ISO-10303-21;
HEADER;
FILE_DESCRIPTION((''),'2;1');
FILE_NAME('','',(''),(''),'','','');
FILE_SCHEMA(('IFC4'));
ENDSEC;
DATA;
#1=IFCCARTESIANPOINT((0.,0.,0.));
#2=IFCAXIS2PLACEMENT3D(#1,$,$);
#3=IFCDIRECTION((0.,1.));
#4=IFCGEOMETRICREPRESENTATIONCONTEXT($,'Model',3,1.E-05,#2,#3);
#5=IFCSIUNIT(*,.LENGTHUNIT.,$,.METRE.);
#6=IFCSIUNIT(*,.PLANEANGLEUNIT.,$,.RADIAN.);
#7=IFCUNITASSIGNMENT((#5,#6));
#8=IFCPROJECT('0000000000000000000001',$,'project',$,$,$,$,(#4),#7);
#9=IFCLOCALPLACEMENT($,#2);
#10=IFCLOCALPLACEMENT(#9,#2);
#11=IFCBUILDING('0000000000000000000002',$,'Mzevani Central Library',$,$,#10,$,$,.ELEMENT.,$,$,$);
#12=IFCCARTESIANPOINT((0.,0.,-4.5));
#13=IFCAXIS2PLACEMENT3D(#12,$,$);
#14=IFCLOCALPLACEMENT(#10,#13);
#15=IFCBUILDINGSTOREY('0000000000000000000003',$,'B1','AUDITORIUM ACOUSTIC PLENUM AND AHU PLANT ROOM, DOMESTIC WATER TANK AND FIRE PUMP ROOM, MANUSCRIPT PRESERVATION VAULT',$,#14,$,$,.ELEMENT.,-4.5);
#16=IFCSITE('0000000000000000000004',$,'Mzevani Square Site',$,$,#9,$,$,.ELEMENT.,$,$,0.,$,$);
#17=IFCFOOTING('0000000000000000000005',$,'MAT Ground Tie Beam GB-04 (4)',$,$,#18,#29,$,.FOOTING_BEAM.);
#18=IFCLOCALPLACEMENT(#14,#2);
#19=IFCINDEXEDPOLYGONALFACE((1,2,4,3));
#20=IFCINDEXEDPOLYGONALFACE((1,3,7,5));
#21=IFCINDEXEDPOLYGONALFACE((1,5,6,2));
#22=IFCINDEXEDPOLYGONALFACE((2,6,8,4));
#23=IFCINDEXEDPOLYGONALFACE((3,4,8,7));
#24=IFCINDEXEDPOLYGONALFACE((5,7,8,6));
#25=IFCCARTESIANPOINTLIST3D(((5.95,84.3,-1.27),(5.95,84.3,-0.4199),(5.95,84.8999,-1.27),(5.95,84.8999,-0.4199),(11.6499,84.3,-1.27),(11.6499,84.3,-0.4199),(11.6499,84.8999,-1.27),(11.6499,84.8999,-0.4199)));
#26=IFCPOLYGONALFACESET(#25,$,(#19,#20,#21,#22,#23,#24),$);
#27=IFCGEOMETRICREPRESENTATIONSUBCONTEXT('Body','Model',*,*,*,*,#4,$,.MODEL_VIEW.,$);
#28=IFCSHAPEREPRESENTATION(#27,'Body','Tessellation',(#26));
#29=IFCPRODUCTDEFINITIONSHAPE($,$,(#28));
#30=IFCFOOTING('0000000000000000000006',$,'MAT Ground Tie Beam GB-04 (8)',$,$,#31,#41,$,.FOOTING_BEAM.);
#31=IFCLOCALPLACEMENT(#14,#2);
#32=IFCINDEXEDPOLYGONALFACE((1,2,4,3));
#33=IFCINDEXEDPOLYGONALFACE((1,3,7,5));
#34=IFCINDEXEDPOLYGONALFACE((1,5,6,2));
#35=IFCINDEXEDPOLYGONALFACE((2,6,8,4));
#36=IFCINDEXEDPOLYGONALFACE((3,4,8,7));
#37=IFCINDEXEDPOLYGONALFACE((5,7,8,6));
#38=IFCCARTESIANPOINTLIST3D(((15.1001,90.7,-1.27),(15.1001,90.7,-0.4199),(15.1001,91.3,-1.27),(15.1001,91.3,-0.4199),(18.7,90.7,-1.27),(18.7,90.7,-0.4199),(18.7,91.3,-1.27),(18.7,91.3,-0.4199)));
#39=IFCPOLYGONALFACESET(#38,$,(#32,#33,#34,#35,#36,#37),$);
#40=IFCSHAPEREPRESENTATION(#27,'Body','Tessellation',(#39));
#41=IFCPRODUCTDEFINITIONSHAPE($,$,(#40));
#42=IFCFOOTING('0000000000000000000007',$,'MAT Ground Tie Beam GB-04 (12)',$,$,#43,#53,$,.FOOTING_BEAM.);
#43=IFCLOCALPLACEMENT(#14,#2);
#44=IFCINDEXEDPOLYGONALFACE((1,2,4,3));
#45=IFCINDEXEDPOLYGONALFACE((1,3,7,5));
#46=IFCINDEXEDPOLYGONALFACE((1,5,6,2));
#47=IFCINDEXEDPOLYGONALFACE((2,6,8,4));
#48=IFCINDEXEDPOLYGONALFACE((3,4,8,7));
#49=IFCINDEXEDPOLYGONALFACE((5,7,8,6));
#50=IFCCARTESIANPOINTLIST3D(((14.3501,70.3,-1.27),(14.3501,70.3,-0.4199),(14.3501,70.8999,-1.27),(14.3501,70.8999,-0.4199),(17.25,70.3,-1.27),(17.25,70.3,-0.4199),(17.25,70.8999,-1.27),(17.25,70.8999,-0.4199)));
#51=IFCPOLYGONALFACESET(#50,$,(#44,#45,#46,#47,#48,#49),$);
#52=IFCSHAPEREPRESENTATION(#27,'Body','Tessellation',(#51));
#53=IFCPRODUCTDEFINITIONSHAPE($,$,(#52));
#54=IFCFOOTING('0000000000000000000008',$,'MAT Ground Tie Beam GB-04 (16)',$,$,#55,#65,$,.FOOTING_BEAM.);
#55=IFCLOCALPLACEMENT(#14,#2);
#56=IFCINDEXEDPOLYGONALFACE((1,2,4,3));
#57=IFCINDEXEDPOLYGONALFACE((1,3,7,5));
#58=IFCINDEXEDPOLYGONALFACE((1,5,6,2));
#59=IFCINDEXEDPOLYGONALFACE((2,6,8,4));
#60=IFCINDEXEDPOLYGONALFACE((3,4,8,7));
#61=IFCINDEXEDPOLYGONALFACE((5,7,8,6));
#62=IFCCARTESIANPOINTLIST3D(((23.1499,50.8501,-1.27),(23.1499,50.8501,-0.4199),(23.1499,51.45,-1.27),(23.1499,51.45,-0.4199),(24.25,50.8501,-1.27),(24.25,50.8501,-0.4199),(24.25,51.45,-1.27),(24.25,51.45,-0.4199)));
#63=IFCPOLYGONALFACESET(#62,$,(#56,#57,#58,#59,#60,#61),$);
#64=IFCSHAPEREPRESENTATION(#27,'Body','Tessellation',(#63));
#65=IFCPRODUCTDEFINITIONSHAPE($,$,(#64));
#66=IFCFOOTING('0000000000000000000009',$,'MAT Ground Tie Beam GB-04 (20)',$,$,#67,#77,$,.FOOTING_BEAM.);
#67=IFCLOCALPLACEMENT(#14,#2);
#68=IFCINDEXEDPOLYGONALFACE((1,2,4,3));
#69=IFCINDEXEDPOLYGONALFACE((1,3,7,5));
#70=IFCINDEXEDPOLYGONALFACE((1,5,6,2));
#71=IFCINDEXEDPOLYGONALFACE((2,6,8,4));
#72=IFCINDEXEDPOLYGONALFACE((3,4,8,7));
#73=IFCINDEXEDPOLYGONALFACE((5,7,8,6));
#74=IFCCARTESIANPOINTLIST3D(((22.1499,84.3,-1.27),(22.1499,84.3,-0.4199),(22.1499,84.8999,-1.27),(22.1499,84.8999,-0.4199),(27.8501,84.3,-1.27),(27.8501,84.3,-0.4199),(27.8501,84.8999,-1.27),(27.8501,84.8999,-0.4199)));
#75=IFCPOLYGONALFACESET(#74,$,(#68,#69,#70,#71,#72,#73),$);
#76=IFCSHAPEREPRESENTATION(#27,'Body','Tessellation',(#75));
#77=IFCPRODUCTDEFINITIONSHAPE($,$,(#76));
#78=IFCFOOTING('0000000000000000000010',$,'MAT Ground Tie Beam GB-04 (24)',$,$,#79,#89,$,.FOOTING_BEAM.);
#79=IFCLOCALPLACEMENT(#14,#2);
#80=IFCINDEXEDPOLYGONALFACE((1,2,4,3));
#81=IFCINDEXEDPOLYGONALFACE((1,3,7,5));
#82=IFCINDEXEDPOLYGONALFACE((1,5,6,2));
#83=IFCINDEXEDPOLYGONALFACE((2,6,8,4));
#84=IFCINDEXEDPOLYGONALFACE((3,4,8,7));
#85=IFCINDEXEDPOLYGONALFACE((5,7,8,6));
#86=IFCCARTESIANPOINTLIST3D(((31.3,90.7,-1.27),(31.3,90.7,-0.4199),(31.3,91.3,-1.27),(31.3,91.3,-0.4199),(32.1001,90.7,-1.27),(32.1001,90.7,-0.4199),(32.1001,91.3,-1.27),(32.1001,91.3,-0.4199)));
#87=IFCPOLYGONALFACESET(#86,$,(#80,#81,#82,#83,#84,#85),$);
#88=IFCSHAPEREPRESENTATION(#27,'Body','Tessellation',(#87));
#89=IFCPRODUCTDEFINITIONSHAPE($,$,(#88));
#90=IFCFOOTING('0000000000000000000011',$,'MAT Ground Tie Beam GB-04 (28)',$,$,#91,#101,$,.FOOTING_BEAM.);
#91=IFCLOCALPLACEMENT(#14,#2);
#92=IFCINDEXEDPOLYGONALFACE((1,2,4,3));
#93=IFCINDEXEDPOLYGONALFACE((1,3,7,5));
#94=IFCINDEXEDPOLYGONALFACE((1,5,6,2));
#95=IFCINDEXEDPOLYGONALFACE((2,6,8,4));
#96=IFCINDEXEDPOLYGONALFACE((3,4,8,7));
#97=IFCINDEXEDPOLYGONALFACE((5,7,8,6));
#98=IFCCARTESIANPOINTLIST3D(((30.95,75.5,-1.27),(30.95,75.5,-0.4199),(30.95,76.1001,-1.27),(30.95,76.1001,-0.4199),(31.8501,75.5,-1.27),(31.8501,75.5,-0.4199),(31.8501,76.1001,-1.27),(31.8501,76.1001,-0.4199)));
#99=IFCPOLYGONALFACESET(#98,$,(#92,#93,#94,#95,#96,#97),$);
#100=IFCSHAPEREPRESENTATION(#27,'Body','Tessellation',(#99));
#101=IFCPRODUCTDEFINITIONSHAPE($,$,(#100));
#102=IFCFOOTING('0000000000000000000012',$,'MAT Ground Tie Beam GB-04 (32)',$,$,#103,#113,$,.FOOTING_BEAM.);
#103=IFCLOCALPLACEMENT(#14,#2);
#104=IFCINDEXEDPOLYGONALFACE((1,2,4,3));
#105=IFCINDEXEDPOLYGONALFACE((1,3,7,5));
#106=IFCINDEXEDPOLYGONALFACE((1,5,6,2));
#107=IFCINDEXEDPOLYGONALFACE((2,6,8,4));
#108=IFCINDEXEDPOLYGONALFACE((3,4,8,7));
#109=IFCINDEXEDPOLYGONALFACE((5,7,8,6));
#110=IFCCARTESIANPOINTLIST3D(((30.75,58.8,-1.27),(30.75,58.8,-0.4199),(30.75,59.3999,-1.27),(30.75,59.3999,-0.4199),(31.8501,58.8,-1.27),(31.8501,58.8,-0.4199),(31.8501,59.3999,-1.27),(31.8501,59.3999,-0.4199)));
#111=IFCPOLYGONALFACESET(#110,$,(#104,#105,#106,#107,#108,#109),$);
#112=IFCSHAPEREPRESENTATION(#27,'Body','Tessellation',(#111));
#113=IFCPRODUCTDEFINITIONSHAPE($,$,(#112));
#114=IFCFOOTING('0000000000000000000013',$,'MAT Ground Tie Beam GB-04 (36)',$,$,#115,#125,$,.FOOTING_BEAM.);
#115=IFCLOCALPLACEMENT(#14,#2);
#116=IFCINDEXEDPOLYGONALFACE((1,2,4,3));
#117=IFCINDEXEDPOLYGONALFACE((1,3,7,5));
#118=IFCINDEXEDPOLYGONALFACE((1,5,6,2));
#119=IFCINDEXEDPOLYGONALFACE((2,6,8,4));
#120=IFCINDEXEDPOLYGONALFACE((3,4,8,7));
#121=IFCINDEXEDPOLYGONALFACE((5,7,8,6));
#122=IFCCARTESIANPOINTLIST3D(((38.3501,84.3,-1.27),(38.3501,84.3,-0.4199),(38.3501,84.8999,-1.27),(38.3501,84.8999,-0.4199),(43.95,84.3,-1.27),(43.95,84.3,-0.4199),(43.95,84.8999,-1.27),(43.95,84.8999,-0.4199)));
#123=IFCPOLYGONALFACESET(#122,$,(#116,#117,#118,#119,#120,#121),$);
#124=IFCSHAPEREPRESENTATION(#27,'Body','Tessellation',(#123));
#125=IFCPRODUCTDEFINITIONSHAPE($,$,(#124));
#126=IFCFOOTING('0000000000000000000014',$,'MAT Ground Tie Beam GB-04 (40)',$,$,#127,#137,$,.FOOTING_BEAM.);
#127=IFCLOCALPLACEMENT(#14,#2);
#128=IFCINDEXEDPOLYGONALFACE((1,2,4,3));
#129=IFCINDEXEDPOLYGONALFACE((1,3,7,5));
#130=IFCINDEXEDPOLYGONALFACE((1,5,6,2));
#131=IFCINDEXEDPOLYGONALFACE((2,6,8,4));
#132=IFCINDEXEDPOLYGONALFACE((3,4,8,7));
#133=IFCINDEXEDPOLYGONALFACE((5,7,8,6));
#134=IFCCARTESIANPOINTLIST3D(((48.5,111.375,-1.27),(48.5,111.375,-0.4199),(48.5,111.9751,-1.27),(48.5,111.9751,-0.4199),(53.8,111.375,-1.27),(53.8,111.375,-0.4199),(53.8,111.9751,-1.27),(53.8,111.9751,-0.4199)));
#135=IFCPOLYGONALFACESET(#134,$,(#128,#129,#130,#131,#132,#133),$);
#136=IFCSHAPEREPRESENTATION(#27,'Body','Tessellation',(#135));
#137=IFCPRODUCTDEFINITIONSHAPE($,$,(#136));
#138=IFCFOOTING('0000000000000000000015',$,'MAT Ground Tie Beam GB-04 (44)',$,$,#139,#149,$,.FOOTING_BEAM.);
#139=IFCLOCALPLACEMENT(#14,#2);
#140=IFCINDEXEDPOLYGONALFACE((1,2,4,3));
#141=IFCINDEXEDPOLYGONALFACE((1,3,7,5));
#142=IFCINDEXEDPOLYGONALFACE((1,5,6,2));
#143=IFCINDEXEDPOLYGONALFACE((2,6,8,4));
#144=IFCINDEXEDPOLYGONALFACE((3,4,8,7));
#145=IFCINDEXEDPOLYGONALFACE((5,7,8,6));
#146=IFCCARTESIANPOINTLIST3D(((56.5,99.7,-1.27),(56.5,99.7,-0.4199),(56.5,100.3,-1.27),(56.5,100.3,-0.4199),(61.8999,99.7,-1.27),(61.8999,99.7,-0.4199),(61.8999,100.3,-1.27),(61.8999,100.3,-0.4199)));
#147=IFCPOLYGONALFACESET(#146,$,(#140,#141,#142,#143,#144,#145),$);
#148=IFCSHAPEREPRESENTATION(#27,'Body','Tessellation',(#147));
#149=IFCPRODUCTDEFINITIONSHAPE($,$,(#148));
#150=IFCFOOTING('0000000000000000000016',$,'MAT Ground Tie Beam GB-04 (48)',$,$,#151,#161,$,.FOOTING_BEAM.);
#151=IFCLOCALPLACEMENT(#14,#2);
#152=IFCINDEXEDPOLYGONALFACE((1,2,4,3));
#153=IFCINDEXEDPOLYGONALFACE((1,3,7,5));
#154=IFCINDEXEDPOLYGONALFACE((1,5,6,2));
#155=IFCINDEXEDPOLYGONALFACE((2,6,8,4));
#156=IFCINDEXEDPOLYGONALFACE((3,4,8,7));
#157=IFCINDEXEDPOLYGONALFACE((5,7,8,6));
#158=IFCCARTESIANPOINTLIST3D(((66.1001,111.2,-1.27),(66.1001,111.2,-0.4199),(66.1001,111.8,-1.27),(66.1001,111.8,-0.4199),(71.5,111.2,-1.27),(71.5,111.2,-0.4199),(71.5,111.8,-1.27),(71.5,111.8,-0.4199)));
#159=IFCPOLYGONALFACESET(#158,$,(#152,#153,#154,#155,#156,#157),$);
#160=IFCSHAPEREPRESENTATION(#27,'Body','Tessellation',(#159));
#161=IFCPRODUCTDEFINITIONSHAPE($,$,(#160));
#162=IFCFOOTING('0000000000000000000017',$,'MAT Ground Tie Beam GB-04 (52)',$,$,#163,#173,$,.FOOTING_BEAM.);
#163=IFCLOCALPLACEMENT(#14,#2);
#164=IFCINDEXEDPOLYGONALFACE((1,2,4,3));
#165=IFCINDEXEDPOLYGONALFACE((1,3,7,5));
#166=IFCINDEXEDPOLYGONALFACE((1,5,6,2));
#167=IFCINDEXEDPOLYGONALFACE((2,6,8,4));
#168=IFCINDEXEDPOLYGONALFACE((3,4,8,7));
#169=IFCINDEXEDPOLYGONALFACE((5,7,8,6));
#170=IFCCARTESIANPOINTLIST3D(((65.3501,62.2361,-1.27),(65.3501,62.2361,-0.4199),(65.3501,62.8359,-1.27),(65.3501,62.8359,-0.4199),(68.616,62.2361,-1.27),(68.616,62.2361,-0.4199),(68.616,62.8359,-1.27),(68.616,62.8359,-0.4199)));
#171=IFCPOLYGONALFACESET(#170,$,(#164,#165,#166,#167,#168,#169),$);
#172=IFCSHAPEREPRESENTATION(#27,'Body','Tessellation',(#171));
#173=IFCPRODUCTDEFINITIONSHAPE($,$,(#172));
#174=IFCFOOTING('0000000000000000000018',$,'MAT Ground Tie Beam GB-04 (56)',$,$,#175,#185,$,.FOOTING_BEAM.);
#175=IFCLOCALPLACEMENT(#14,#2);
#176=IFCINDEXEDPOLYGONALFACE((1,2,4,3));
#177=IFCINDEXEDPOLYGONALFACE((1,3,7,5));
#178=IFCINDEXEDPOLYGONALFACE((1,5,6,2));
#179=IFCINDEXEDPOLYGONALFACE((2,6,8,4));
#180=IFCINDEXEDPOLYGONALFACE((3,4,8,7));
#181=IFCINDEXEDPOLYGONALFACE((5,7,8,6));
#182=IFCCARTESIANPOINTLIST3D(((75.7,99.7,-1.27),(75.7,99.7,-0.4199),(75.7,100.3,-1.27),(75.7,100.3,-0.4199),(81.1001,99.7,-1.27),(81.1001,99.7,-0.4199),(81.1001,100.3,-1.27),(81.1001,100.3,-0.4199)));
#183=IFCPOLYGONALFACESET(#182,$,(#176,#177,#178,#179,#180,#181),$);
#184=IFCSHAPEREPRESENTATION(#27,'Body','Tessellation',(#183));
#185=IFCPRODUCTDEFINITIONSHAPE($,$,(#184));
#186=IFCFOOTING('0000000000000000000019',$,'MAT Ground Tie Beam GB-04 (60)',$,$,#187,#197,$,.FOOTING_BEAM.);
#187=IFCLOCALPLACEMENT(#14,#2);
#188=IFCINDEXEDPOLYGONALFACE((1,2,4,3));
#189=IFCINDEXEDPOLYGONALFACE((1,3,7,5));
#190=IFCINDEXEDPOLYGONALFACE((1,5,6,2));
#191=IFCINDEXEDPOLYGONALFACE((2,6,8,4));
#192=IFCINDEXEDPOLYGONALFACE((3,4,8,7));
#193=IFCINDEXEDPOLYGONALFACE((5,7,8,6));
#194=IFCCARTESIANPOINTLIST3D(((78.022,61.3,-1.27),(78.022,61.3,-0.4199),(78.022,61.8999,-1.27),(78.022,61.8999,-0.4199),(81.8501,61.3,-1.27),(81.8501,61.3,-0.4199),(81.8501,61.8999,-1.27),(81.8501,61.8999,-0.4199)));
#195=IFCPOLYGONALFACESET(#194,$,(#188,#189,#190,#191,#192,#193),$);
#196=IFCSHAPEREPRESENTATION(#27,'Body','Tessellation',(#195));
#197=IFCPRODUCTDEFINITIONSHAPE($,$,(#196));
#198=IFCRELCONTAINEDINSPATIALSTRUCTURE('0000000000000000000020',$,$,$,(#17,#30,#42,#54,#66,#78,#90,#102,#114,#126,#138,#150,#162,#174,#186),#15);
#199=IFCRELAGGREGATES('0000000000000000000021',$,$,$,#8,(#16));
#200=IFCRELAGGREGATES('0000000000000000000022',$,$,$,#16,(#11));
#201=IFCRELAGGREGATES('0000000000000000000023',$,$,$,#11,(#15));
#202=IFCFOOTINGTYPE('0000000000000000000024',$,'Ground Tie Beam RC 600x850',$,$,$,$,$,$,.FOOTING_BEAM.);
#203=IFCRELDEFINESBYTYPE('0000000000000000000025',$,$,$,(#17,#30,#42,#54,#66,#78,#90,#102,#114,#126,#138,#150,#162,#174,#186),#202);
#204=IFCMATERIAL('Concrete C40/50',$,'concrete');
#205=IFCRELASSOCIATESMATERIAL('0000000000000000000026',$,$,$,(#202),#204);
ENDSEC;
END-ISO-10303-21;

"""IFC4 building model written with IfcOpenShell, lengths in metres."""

from ifc_helpers import new_model, si_unit, direction, frame, origin, place, context, subcontext, project, spatial, polyline, outline, extrude, material, type_object, element, save


model = new_model("IFC4")

# Units and contexts
model_context = context("Model", 3, precision=1e-05, world=origin(), true_north=direction((0.0, 1.0)))
body_context = subcontext(model_context, "Body", "Model", "MODEL_VIEW")
ifc_project = project(units=[si_unit("LENGTHUNIT", "METRE"), si_unit("PLANEANGLEUNIT", "RADIAN")], contexts=[model_context])

# Site, building, storey
site_placement = place(None, origin())
site = spatial("IfcSite", under=ifc_project, at=site_placement, Name="Mzevani Square Site", CompositionType="ELEMENT", RefElevation=0.0)
building_placement = place(site_placement, origin())
building = spatial("IfcBuilding", under=site, at=building_placement, Name="Mzevani Central Library", CompositionType="ELEMENT")
storey_placement = place(building_placement, frame((0.0, 0.0, -4.5)))
storey = spatial("IfcBuildingStorey", under=building, at=storey_placement, Name="B1", Description="AUDITORIUM ACOUSTIC PLENUM AND AHU PLANT ROOM, DOMESTIC WATER TANK AND FIRE PUMP ROOM, MANUSCRIPT PRESERVATION VAULT", CompositionType="ELEMENT", Elevation=-4.5)

# Footings
ifc_material = material(Name="Concrete C40/50", Category="concrete")
footing_type = type_object("IfcFootingType", Name="Ground Tie Beam RC 600x850", PredefinedType="FOOTING_BEAM", material=ifc_material)
footing_1_placement = place(storey_placement, frame((0.0, 0.0, -1.27)))
element("IfcFooting", 1, at=footing_1_placement, inside=storey, type_object=footing_type, Name="MAT Ground Tie Beam GB-04 (4)", PredefinedType="FOOTING_BEAM", context=body_context, shape_type="SweptSolid", body=[
    extrude(outline(polyline([(5.95, 84.3), (11.6499, 84.3), (11.6499, 84.8999), (5.95, 84.8999), (5.95, 84.3)])), origin(), (0.0, 0.0, 1.0), 0.8501),
])
footing_2_placement = place(storey_placement, frame((0.0, 0.0, -1.27)))
element("IfcFooting", 2, at=footing_2_placement, inside=storey, type_object=footing_type, Name="MAT Ground Tie Beam GB-04 (8)", PredefinedType="FOOTING_BEAM", context=body_context, shape_type="SweptSolid", body=[
    extrude(outline(polyline([(15.1001, 90.7), (18.7, 90.7), (18.7, 91.3), (15.1001, 91.3), (15.1001, 90.7)])), origin(), (0.0, 0.0, 1.0), 0.8501),
])
footing_3_placement = place(storey_placement, frame((0.0, 0.0, -1.27)))
element("IfcFooting", 3, at=footing_3_placement, inside=storey, type_object=footing_type, Name="MAT Ground Tie Beam GB-04 (12)", PredefinedType="FOOTING_BEAM", context=body_context, shape_type="SweptSolid", body=[
    extrude(outline(polyline([(14.3501, 70.3), (17.25, 70.3), (17.25, 70.8999), (14.3501, 70.8999), (14.3501, 70.3)])), origin(), (0.0, 0.0, 1.0), 0.8501),
])
footing_4_placement = place(storey_placement, frame((0.0, 0.0, -1.27)))
element("IfcFooting", 4, at=footing_4_placement, inside=storey, type_object=footing_type, Name="MAT Ground Tie Beam GB-04 (16)", PredefinedType="FOOTING_BEAM", context=body_context, shape_type="SweptSolid", body=[
    extrude(outline(polyline([(23.1499, 50.8501), (24.25, 50.8501), (24.25, 51.45), (23.1499, 51.45), (23.1499, 50.8501)])), origin(), (0.0, 0.0, 1.0), 0.8501),
])
footing_5_placement = place(storey_placement, frame((0.0, 0.0, -1.27)))
element("IfcFooting", 5, at=footing_5_placement, inside=storey, type_object=footing_type, Name="MAT Ground Tie Beam GB-04 (20)", PredefinedType="FOOTING_BEAM", context=body_context, shape_type="SweptSolid", body=[
    extrude(outline(polyline([(22.1499, 84.3), (27.8501, 84.3), (27.8501, 84.8999), (22.1499, 84.8999), (22.1499, 84.3)])), origin(), (0.0, 0.0, 1.0), 0.8501),
])
footing_6_placement = place(storey_placement, frame((0.0, 0.0, -1.27)))
element("IfcFooting", 6, at=footing_6_placement, inside=storey, type_object=footing_type, Name="MAT Ground Tie Beam GB-04 (24)", PredefinedType="FOOTING_BEAM", context=body_context, shape_type="SweptSolid", body=[
    extrude(outline(polyline([(31.3, 90.7), (32.1001, 90.7), (32.1001, 91.3), (31.3, 91.3), (31.3, 90.7)])), origin(), (0.0, 0.0, 1.0), 0.8501),
])
footing_7_placement = place(storey_placement, frame((0.0, 0.0, -1.27)))
element("IfcFooting", 7, at=footing_7_placement, inside=storey, type_object=footing_type, Name="MAT Ground Tie Beam GB-04 (28)", PredefinedType="FOOTING_BEAM", context=body_context, shape_type="SweptSolid", body=[
    extrude(outline(polyline([(30.95, 75.5), (31.8501, 75.5), (31.8501, 76.1001), (30.95, 76.1001), (30.95, 75.5)])), origin(), (0.0, 0.0, 1.0), 0.8501),
])
footing_8_placement = place(storey_placement, frame((0.0, 0.0, -1.27)))
element("IfcFooting", 8, at=footing_8_placement, inside=storey, type_object=footing_type, Name="MAT Ground Tie Beam GB-04 (32)", PredefinedType="FOOTING_BEAM", context=body_context, shape_type="SweptSolid", body=[
    extrude(outline(polyline([(30.75, 58.8), (31.8501, 58.8), (31.8501, 59.3999), (30.75, 59.3999), (30.75, 58.8)])), origin(), (0.0, 0.0, 1.0), 0.8501),
])
footing_9_placement = place(storey_placement, frame((0.0, 0.0, -1.27)))
element("IfcFooting", 9, at=footing_9_placement, inside=storey, type_object=footing_type, Name="MAT Ground Tie Beam GB-04 (36)", PredefinedType="FOOTING_BEAM", context=body_context, shape_type="SweptSolid", body=[
    extrude(outline(polyline([(38.3501, 84.3), (43.95, 84.3), (43.95, 84.8999), (38.3501, 84.8999), (38.3501, 84.3)])), origin(), (0.0, 0.0, 1.0), 0.8501),
])
footing_10_placement = place(storey_placement, frame((0.0, 0.0, -1.27)))
element("IfcFooting", 10, at=footing_10_placement, inside=storey, type_object=footing_type, Name="MAT Ground Tie Beam GB-04 (40)", PredefinedType="FOOTING_BEAM", context=body_context, shape_type="SweptSolid", body=[
    extrude(outline(polyline([(48.5, 111.375), (53.8, 111.375), (53.8, 111.9751), (48.5, 111.9751), (48.5, 111.375)])), origin(), (0.0, 0.0, 1.0), 0.8501),
])
footing_11_placement = place(storey_placement, frame((0.0, 0.0, -1.27)))
element("IfcFooting", 11, at=footing_11_placement, inside=storey, type_object=footing_type, Name="MAT Ground Tie Beam GB-04 (44)", PredefinedType="FOOTING_BEAM", context=body_context, shape_type="SweptSolid", body=[
    extrude(outline(polyline([(56.5, 99.7), (61.8999, 99.7), (61.8999, 100.3), (56.5, 100.3), (56.5, 99.7)])), origin(), (0.0, 0.0, 1.0), 0.8501),
])
footing_12_placement = place(storey_placement, frame((0.0, 0.0, -1.27)))
element("IfcFooting", 12, at=footing_12_placement, inside=storey, type_object=footing_type, Name="MAT Ground Tie Beam GB-04 (48)", PredefinedType="FOOTING_BEAM", context=body_context, shape_type="SweptSolid", body=[
    extrude(outline(polyline([(66.1001, 111.2), (71.5, 111.2), (71.5, 111.8), (66.1001, 111.8), (66.1001, 111.2)])), origin(), (0.0, 0.0, 1.0), 0.8501),
])
footing_13_placement = place(storey_placement, frame((0.0, 0.0, -1.27)))
element("IfcFooting", 13, at=footing_13_placement, inside=storey, type_object=footing_type, Name="MAT Ground Tie Beam GB-04 (52)", PredefinedType="FOOTING_BEAM", context=body_context, shape_type="SweptSolid", body=[
    extrude(outline(polyline([(65.3501, 62.2361), (68.616, 62.2361), (68.616, 62.8359), (65.3501, 62.8359), (65.3501, 62.2361)])), origin(), (0.0, 0.0, 1.0), 0.8501),
])
footing_14_placement = place(storey_placement, frame((0.0, 0.0, -1.27)))
element("IfcFooting", 14, at=footing_14_placement, inside=storey, type_object=footing_type, Name="MAT Ground Tie Beam GB-04 (56)", PredefinedType="FOOTING_BEAM", context=body_context, shape_type="SweptSolid", body=[
    extrude(outline(polyline([(75.7, 99.7), (81.1001, 99.7), (81.1001, 100.3), (75.7, 100.3), (75.7, 99.7)])), origin(), (0.0, 0.0, 1.0), 0.8501),
])
footing_15_placement = place(storey_placement, frame((0.0, 0.0, -1.27)))
element("IfcFooting", 15, at=footing_15_placement, inside=storey, type_object=footing_type, Name="MAT Ground Tie Beam GB-04 (60)", PredefinedType="FOOTING_BEAM", context=body_context, shape_type="SweptSolid", body=[
    extrude(outline(polyline([(78.022, 61.3), (81.8501, 61.3), (81.8501, 61.8999), (78.022, 61.8999), (78.022, 61.3)])), origin(), (0.0, 0.0, 1.0), 0.8501),
])

save(model, "model.ifc")
